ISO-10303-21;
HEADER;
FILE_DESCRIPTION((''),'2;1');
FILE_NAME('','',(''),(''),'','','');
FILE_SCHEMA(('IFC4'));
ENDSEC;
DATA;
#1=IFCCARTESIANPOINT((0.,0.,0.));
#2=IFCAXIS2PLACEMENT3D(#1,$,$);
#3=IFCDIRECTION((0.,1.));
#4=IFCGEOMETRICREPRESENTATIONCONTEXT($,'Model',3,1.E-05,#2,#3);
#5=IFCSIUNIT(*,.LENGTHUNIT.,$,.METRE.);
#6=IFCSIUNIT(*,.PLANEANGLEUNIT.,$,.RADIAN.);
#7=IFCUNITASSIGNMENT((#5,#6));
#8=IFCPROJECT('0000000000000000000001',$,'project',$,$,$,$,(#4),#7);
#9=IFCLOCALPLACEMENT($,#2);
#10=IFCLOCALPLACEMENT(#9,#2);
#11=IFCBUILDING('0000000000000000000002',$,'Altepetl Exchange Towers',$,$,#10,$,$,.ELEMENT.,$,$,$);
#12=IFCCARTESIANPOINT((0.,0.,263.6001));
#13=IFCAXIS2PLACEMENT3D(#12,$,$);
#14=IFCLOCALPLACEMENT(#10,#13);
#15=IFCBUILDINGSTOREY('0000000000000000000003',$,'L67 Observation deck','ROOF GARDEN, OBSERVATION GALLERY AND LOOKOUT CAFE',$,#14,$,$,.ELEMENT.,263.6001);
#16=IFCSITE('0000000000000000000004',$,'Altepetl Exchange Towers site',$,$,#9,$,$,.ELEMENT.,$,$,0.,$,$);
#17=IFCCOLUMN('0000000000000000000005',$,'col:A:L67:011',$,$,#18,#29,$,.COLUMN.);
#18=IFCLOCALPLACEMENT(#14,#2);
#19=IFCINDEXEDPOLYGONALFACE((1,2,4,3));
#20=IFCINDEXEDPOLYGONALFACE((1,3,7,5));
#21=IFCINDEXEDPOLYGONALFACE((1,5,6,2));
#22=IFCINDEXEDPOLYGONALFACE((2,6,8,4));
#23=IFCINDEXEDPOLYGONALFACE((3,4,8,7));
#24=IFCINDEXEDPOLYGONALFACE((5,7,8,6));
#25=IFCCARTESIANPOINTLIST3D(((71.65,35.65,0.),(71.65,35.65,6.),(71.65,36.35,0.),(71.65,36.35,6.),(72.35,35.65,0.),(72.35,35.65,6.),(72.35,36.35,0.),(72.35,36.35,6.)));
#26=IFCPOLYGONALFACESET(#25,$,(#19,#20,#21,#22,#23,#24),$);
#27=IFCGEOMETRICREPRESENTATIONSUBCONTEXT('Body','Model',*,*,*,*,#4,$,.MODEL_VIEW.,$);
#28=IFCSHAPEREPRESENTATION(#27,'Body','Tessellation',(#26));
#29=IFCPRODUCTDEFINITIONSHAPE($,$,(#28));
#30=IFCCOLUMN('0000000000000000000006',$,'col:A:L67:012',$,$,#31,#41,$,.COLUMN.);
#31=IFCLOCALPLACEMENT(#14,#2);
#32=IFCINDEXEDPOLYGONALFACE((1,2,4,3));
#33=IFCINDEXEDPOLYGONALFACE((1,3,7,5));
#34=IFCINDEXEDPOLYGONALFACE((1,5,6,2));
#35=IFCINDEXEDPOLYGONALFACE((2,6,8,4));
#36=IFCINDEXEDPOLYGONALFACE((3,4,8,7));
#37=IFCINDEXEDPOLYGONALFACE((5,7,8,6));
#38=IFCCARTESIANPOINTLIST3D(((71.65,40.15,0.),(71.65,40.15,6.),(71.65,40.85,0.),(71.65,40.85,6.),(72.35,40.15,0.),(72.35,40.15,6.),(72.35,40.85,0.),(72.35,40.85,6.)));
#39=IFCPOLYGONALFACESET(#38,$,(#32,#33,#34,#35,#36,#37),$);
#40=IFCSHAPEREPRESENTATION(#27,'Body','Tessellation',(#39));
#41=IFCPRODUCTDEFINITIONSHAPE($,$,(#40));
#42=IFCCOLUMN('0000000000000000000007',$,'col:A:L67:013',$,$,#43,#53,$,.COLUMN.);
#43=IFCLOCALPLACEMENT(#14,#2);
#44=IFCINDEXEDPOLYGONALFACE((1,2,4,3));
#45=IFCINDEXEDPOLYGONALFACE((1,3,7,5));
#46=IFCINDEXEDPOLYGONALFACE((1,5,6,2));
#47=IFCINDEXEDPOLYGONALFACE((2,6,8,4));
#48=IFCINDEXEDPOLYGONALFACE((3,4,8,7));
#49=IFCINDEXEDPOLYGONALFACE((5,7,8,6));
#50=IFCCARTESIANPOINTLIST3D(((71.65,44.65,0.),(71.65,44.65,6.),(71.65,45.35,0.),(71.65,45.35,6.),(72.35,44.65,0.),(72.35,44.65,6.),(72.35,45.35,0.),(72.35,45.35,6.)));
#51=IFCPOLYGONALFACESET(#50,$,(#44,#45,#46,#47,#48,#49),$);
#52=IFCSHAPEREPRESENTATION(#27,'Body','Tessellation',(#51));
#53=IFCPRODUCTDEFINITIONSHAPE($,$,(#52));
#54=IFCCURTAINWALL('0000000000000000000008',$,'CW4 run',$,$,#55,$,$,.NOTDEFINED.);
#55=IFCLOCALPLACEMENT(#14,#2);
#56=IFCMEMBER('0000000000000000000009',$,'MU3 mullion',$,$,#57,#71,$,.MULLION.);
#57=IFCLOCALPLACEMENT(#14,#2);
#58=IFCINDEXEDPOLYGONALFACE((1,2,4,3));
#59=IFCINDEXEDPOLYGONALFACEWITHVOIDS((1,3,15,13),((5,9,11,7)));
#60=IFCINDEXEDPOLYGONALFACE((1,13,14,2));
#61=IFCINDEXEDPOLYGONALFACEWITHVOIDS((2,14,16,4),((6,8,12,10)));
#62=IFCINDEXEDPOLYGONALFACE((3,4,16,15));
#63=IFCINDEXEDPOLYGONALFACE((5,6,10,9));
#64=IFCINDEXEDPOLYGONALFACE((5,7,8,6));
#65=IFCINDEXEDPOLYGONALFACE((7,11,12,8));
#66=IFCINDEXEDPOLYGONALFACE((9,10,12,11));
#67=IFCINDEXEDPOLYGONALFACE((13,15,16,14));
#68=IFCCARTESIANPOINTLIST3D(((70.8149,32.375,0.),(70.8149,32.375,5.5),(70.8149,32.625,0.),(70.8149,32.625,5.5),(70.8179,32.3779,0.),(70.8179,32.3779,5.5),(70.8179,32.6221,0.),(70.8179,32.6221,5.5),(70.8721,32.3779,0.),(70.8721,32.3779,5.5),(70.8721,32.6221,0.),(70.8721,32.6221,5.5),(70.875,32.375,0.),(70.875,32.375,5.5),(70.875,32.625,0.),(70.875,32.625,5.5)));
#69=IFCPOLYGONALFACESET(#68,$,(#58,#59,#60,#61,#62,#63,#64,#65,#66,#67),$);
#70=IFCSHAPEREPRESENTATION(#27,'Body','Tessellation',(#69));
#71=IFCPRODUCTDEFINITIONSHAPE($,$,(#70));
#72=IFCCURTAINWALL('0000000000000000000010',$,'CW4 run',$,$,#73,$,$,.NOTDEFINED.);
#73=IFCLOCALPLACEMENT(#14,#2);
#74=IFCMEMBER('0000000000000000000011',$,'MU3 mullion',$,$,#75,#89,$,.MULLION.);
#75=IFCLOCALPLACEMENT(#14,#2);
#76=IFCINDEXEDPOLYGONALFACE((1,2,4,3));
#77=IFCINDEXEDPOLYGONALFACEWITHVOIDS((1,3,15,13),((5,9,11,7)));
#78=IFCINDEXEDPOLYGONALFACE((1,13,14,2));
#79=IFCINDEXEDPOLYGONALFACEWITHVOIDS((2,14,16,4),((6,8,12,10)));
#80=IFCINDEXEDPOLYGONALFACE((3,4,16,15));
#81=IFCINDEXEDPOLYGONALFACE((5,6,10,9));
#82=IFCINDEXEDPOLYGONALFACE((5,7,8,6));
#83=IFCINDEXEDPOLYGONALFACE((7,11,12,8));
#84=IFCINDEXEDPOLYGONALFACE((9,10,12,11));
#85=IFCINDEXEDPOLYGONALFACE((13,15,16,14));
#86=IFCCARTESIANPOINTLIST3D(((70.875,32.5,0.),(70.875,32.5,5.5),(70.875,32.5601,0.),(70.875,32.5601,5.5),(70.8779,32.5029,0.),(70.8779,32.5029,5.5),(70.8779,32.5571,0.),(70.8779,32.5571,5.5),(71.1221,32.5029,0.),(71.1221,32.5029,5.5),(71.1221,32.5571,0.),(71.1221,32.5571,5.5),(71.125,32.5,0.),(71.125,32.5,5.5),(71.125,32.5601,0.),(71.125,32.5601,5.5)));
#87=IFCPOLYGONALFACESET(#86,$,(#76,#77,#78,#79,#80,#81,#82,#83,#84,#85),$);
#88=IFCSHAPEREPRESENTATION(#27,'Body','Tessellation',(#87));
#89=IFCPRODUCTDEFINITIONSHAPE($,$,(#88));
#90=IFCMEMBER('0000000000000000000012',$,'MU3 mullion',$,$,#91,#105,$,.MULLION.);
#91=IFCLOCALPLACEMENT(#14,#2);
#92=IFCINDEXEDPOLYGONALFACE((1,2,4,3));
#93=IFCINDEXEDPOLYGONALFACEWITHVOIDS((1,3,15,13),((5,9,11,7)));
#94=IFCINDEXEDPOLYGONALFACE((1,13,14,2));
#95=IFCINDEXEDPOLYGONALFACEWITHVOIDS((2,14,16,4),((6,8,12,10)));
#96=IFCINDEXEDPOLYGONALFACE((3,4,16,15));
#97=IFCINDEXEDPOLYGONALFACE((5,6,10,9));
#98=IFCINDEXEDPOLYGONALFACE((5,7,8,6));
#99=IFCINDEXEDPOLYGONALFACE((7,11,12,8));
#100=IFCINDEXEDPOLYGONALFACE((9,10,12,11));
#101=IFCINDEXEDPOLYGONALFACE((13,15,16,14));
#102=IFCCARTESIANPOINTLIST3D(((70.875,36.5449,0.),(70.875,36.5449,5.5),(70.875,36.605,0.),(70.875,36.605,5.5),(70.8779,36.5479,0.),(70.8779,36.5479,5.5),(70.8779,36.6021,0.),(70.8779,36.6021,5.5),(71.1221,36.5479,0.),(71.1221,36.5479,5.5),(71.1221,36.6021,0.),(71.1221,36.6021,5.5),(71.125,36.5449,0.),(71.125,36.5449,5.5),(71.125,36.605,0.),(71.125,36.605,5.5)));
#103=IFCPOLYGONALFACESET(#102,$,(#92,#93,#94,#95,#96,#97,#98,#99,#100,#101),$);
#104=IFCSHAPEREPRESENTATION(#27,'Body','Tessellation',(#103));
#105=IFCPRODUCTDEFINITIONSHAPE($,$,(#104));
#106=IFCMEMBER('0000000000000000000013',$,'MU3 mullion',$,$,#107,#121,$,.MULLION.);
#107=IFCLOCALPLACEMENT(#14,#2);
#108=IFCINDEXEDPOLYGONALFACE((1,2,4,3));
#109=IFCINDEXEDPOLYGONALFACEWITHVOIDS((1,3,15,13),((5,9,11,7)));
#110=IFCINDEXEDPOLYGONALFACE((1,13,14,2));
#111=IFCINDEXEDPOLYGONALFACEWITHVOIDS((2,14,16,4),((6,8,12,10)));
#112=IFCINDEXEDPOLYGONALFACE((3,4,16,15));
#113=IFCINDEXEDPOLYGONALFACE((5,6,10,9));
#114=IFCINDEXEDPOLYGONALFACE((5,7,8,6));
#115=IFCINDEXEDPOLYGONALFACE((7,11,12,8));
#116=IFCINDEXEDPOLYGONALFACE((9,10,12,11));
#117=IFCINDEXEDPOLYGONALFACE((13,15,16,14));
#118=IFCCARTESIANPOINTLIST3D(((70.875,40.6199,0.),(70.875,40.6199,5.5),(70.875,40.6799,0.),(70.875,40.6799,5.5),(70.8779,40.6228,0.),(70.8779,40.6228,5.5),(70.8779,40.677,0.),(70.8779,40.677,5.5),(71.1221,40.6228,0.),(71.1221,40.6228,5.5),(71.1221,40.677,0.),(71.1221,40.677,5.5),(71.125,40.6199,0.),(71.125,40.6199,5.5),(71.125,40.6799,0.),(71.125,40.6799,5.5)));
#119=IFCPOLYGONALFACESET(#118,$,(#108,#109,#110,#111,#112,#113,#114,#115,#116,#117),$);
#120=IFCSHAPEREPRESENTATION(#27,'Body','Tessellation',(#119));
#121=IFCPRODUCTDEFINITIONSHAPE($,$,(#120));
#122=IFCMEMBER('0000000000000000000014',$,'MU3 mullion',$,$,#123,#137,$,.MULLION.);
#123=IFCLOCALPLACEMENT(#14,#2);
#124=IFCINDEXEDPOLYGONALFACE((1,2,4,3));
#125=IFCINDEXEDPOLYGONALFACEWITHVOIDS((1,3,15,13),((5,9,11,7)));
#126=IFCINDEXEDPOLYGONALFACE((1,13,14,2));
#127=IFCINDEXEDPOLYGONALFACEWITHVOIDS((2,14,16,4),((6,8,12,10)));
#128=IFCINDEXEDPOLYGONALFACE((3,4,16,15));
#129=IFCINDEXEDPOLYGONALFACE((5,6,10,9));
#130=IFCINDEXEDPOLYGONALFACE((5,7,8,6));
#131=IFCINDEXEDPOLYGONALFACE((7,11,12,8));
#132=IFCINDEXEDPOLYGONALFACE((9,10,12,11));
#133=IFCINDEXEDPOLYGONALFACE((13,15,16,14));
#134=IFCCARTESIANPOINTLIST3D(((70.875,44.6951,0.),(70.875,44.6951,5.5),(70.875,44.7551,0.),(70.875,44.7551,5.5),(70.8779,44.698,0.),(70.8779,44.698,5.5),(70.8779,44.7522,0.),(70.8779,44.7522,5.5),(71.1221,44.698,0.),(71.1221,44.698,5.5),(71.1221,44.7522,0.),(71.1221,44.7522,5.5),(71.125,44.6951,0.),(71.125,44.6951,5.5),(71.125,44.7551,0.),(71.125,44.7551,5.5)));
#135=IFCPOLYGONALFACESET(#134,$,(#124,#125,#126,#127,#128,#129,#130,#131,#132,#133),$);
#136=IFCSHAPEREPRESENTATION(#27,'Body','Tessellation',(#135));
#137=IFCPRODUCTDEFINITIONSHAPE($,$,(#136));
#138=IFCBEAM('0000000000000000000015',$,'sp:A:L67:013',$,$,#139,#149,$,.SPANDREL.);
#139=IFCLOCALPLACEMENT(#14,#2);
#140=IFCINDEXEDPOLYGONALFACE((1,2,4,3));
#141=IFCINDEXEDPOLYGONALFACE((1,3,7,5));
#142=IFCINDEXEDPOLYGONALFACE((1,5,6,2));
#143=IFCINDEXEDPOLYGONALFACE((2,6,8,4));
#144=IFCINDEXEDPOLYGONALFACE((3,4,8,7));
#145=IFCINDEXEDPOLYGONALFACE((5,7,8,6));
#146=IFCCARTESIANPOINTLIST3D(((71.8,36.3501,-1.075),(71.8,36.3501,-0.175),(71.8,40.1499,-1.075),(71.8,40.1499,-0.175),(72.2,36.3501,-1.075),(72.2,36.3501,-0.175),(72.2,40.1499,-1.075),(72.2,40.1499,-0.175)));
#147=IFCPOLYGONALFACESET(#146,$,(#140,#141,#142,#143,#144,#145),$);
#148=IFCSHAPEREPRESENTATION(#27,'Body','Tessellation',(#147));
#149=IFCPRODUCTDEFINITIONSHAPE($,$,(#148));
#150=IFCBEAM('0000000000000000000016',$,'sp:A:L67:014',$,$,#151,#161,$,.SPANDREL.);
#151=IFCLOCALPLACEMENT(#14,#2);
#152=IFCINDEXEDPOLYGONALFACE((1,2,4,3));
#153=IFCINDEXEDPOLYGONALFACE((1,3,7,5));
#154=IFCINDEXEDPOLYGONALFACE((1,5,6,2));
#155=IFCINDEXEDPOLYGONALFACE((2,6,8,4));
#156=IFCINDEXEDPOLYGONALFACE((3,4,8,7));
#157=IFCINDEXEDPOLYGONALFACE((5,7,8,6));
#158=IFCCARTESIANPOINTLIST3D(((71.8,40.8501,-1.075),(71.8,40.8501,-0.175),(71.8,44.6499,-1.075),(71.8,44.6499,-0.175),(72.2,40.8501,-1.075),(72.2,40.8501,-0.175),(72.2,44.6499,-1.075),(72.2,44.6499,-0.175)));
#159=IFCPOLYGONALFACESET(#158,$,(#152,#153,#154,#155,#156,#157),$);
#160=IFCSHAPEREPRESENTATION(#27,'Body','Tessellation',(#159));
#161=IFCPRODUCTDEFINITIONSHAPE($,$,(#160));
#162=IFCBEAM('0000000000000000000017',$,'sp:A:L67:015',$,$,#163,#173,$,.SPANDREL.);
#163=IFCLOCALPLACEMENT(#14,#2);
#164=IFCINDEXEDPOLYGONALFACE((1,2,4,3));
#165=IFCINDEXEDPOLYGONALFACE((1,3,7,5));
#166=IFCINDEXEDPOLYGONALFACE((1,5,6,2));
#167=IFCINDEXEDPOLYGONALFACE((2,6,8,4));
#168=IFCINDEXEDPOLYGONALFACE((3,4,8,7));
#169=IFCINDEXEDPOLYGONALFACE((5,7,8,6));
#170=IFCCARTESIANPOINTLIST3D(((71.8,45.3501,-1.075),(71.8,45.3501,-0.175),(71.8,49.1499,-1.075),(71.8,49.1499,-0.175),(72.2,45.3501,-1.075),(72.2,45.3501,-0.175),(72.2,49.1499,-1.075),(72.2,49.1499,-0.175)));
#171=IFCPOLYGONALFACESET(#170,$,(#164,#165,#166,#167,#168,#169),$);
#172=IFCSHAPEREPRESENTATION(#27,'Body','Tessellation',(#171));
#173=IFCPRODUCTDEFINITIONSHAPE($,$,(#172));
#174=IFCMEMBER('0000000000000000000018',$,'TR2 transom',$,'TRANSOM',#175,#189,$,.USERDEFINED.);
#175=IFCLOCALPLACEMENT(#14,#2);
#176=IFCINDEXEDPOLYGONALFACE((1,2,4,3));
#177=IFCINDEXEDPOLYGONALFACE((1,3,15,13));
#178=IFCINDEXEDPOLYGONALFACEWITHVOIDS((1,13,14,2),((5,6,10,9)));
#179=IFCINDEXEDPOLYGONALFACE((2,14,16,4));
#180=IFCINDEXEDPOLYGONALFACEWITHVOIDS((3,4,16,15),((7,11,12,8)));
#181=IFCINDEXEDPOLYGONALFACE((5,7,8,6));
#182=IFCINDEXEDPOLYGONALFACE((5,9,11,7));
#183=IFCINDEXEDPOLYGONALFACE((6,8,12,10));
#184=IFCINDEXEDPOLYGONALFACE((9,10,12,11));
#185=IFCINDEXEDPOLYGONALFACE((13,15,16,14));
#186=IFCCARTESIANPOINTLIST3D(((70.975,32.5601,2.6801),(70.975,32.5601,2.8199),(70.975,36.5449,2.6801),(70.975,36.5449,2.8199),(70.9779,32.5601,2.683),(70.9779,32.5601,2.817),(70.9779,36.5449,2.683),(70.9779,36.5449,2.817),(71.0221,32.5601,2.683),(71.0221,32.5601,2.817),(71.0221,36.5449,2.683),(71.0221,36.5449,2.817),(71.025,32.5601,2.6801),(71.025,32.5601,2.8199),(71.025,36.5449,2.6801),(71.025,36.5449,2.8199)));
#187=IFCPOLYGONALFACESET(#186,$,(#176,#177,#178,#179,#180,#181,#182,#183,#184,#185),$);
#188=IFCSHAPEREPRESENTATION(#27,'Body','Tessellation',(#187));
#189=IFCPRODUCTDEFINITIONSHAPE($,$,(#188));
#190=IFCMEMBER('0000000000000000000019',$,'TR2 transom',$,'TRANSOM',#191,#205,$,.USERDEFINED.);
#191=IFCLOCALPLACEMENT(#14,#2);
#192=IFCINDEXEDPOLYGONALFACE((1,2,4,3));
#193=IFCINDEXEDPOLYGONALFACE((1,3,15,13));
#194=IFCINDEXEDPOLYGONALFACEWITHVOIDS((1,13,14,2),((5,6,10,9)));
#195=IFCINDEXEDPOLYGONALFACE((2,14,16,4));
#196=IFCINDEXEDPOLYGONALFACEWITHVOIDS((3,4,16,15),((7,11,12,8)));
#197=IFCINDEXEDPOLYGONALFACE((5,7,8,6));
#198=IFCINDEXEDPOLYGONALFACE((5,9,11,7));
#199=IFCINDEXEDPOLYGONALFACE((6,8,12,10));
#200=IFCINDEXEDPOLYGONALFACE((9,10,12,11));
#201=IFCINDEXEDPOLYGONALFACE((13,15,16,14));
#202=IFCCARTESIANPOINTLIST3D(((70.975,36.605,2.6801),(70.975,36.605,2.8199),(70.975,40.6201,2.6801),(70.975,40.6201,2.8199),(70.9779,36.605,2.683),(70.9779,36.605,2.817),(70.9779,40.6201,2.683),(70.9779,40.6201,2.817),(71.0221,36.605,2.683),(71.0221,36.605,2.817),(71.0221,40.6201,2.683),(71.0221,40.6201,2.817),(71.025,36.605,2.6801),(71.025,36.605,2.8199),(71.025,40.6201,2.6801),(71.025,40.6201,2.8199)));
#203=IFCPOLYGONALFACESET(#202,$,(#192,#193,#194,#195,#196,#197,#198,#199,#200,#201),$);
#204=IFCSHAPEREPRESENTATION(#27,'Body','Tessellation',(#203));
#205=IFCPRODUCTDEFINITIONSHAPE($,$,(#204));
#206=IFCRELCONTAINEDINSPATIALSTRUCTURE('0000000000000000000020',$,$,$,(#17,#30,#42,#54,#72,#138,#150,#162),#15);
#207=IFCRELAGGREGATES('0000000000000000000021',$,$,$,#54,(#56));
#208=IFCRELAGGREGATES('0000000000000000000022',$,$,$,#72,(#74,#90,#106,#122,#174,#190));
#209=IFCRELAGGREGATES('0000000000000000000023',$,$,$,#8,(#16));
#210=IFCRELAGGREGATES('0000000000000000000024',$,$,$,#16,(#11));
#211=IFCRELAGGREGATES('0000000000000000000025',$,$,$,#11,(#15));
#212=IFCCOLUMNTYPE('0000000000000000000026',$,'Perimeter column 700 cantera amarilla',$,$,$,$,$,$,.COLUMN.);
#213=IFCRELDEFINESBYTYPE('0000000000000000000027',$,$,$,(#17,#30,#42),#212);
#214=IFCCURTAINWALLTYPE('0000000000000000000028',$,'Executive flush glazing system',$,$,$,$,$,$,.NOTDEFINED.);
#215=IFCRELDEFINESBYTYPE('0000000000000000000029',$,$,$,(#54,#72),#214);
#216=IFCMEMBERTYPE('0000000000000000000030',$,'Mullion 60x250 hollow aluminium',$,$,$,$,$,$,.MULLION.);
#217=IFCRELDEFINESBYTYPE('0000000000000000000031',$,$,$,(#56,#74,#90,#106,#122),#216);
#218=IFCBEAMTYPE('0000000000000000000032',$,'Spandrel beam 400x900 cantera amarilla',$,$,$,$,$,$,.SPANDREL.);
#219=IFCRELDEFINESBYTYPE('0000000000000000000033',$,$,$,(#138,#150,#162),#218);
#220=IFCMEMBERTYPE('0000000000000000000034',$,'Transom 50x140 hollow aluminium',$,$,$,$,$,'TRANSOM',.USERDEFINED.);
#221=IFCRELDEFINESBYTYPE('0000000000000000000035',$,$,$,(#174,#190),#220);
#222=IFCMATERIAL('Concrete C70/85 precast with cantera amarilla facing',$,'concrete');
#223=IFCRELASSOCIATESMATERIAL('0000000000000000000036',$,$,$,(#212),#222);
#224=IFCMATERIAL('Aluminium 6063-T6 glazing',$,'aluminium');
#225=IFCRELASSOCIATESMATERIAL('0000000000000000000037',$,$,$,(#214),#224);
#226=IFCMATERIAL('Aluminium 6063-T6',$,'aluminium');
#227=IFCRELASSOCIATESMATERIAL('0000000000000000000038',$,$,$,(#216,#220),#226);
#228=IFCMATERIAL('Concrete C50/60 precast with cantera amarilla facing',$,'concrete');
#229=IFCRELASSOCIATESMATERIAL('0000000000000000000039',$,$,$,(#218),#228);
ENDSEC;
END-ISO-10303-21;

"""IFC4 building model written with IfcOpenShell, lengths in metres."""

from ifc_helpers import new_model, si_unit, direction, frame, origin, origin_2d, place, context, subcontext, project, spatial, rectangle, hollow_rectangle, extrude, material, material_profile, profile_set, type_object, element, aggregate, save


model = new_model("IFC4")

# Units and contexts
model_context = context("Model", 3, precision=1e-05, world=origin(), true_north=direction((0.0, 1.0)))
body_context = subcontext(model_context, "Body", "Model", "MODEL_VIEW")
ifc_project = project(units=[si_unit("LENGTHUNIT", "METRE"), si_unit("PLANEANGLEUNIT", "RADIAN")], contexts=[model_context])

# Site, building, storey
site_placement = place(None, origin())
site = spatial("IfcSite", under=ifc_project, at=site_placement, Name="Altepetl Exchange Towers site", CompositionType="ELEMENT", RefElevation=0.0)
building_placement = place(site_placement, origin())
building = spatial("IfcBuilding", under=site, at=building_placement, Name="Altepetl Exchange Towers", CompositionType="ELEMENT")
storey_placement = place(building_placement, frame((0.0, 0.0, 263.6001)))
storey = spatial("IfcBuildingStorey", under=building, at=storey_placement, Name="L67 Observation deck", Description="ROOF GARDEN, OBSERVATION GALLERY AND LOOKOUT CAFE", CompositionType="ELEMENT", Elevation=263.6001)

# Columns
ifc_material_1 = material(Name="Concrete C70/85 precast with cantera amarilla facing", Category="concrete")
ifc_material_profile_1 = material_profile(ifc_material_1, rectangle(XDim=0.7, YDim=0.7, at=origin_2d()), Name="700 x 700")
ifc_profile_set_1 = profile_set([ifc_material_profile_1], Name="Concrete C70/85 precast with cantera amarilla facing")
column_type = type_object("IfcColumnType", Name="Perimeter column 700 cantera amarilla", PredefinedType="COLUMN", material=ifc_profile_set_1)
for number, where, name in (
    (1, (72.0, 36.0, 0.0), "col:A:L67:011"),
    (2, (72.0, 40.5, 0.0), "col:A:L67:012"),
    (3, (72.0, 45.0, 0.0), "col:A:L67:013"),
):
    element("IfcColumn", number, at=place(storey_placement, frame(where)), inside=storey, type_object=column_type, Name=name, PredefinedType="COLUMN", context=body_context, shape_type="SweptSolid", body=[
        extrude(rectangle(XDim=0.7, YDim=0.7, at=origin_2d()), origin(), (0.0, 0.0, 1.0), 6.0),
    ])

# Curtain wall, member
ifc_material_2 = material(Name="Aluminium 6063-T6 glazing", Category="aluminium")
curtain_wall_type = type_object("IfcCurtainWallType", Name="Executive flush glazing system", PredefinedType="NOTDEFINED", material=ifc_material_2)
curtain_wall_1_placement = place(storey_placement, origin())
curtain_wall_1 = element("IfcCurtainWall", 4, at=curtain_wall_1_placement, inside=storey, type_object=curtain_wall_type, Name="CW4 run", PredefinedType="NOTDEFINED")
ifc_material_3 = material(Name="Aluminium 6063-T6", Category="aluminium")
ifc_material_profile_2 = material_profile(ifc_material_3, hollow_rectangle(XDim=0.0601, YDim=0.25, WallThickness=0.0029, at=origin_2d()), Name="Mullion 60x250 hollow aluminium")
ifc_profile_set_2 = profile_set([ifc_material_profile_2], Name="Aluminium 6063-T6")
member_type_1 = type_object("IfcMemberType", Name="Mullion 60x250 hollow aluminium", PredefinedType="MULLION", material=ifc_profile_set_2)
member_1_placement = place(storey_placement, frame((70.845, 32.5, 0.0)))
member_1 = element("IfcMember", 5, at=member_1_placement, type_object=member_type_1, Name="MU3 mullion", PredefinedType="MULLION", context=body_context, shape_type="SweptSolid", body=[
    extrude(hollow_rectangle(XDim=0.0601, YDim=0.25, WallThickness=0.0029, at=origin_2d()), origin(), (0.0, 0.0, 1.0), 5.5),
])
aggregate(curtain_wall_1, [member_1])

# Curtain wall, members
curtain_wall_2_placement = place(storey_placement, origin())
curtain_wall_2 = element("IfcCurtainWall", 6, at=curtain_wall_2_placement, inside=storey, type_object=curtain_wall_type, Name="CW4 run", PredefinedType="NOTDEFINED")
member_2_placement = place(storey_placement, frame((71.0, 32.53, 0.0), z_axis=(0.0, 0.0, 1.0), x_axis=(0.0, 1.0, 0.0)))
member_2 = element("IfcMember", 7, at=member_2_placement, type_object=member_type_1, Name="MU3 mullion", PredefinedType="MULLION", context=body_context, shape_type="SweptSolid", body=[
    extrude(hollow_rectangle(XDim=0.0601, YDim=0.25, WallThickness=0.0029, at=origin_2d()), origin(), (0.0, 0.0, 1.0), 5.5),
])
member_3_placement = place(storey_placement, frame((71.0, 36.575, 0.0), z_axis=(0.0, 0.0, 1.0), x_axis=(0.0, 1.0, 0.0)))
member_3 = element("IfcMember", 8, at=member_3_placement, type_object=member_type_1, Name="MU3 mullion", PredefinedType="MULLION", context=body_context, shape_type="SweptSolid", body=[
    extrude(hollow_rectangle(XDim=0.0601, YDim=0.25, WallThickness=0.0029, at=origin_2d()), origin(), (0.0, 0.0, 1.0), 5.5),
])
member_4_placement = place(storey_placement, frame((71.0, 40.6499, 0.0), z_axis=(0.0, 0.0, 1.0), x_axis=(0.0, 1.0, 0.0)))
member_4 = element("IfcMember", 9, at=member_4_placement, type_object=member_type_1, Name="MU3 mullion", PredefinedType="MULLION", context=body_context, shape_type="SweptSolid", body=[
    extrude(hollow_rectangle(XDim=0.0601, YDim=0.25, WallThickness=0.0029, at=origin_2d()), origin(), (0.0, 0.0, 1.0), 5.5),
])
member_5_placement = place(storey_placement, frame((71.0, 44.7251, 0.0), z_axis=(0.0, 0.0, 1.0), x_axis=(0.0, 1.0, 0.0)))
member_5 = element("IfcMember", 10, at=member_5_placement, type_object=member_type_1, Name="MU3 mullion", PredefinedType="MULLION", context=body_context, shape_type="SweptSolid", body=[
    extrude(hollow_rectangle(XDim=0.0601, YDim=0.25, WallThickness=0.0029, at=origin_2d()), origin(), (0.0, 0.0, 1.0), 5.5),
])

# Beams
ifc_material_4 = material(Name="Concrete C50/60 precast with cantera amarilla facing", Category="concrete")
ifc_material_profile_3 = material_profile(ifc_material_4, rectangle(XDim=0.3999, YDim=0.8999, at=origin_2d()), Name="400 x 900")
ifc_profile_set_3 = profile_set([ifc_material_profile_3], Name="Concrete C50/60 precast with cantera amarilla facing")
beam_type = type_object("IfcBeamType", Name="Spandrel beam 400x900 cantera amarilla", PredefinedType="SPANDREL", material=ifc_profile_set_3)
for number, where, z_axis, x_axis, name in (
    (11, (72.0, 36.3501, -0.625), (0.0, 1.0, 0.0), (-1.0, 0.0, 0.0), "sp:A:L67:013"),
    (12, (72.0, 40.8501, -0.625), (0.0, 1.0, 0.0), (-1.0, 0.0, 0.0), "sp:A:L67:014"),
    (13, (72.0, 45.3501, -0.625), (0.0, 1.0, 0.0), (-1.0, 0.0, 0.0), "sp:A:L67:015"),
):
    element("IfcBeam", number, at=place(storey_placement, frame(where, z_axis=z_axis, x_axis=x_axis)), inside=storey, type_object=beam_type, Name=name, PredefinedType="SPANDREL", context=body_context, shape_type="SweptSolid", body=[
        extrude(rectangle(XDim=0.3999, YDim=0.8999, at=origin_2d()), origin(), (0.0, 0.0, 1.0), 3.7998),
    ])

# Members
ifc_material_profile_4 = material_profile(ifc_material_3, hollow_rectangle(XDim=0.05, YDim=0.1399, WallThickness=0.0029, at=origin_2d()), Name="Transom 50x140 hollow aluminium")
ifc_profile_set_4 = profile_set([ifc_material_profile_4], Name="Aluminium 6063-T6")
member_type_2 = type_object("IfcMemberType", Name="Transom 50x140 hollow aluminium", ElementType="TRANSOM", PredefinedType="USERDEFINED", material=ifc_profile_set_4)
member_6_placement = place(storey_placement, frame((71.0, 32.5601, 2.75), z_axis=(0.0, 1.0, 0.0), x_axis=(-1.0, 0.0, 0.0)))
member_6 = element("IfcMember", 14, at=member_6_placement, type_object=member_type_2, Name="TR2 transom", ObjectType="TRANSOM", PredefinedType="USERDEFINED", context=body_context, shape_type="SweptSolid", body=[
    extrude(hollow_rectangle(XDim=0.05, YDim=0.1399, WallThickness=0.0029, at=origin_2d()), origin(), (0.0, 0.0, 1.0), 3.9849),
])
member_7_placement = place(storey_placement, frame((71.0, 36.605, 2.75), z_axis=(0.0, 1.0, 0.0), x_axis=(-1.0, 0.0, 0.0)))
member_7 = element("IfcMember", 15, at=member_7_placement, type_object=member_type_2, Name="TR2 transom", ObjectType="TRANSOM", PredefinedType="USERDEFINED", context=body_context, shape_type="SweptSolid", body=[
    extrude(hollow_rectangle(XDim=0.05, YDim=0.1399, WallThickness=0.0029, at=origin_2d()), origin(), (0.0, 0.0, 1.0), 4.0151),
])

aggregate(curtain_wall_2, [member_2, member_3, member_4, member_5, member_6, member_7])

save(model, "model.ifc")
